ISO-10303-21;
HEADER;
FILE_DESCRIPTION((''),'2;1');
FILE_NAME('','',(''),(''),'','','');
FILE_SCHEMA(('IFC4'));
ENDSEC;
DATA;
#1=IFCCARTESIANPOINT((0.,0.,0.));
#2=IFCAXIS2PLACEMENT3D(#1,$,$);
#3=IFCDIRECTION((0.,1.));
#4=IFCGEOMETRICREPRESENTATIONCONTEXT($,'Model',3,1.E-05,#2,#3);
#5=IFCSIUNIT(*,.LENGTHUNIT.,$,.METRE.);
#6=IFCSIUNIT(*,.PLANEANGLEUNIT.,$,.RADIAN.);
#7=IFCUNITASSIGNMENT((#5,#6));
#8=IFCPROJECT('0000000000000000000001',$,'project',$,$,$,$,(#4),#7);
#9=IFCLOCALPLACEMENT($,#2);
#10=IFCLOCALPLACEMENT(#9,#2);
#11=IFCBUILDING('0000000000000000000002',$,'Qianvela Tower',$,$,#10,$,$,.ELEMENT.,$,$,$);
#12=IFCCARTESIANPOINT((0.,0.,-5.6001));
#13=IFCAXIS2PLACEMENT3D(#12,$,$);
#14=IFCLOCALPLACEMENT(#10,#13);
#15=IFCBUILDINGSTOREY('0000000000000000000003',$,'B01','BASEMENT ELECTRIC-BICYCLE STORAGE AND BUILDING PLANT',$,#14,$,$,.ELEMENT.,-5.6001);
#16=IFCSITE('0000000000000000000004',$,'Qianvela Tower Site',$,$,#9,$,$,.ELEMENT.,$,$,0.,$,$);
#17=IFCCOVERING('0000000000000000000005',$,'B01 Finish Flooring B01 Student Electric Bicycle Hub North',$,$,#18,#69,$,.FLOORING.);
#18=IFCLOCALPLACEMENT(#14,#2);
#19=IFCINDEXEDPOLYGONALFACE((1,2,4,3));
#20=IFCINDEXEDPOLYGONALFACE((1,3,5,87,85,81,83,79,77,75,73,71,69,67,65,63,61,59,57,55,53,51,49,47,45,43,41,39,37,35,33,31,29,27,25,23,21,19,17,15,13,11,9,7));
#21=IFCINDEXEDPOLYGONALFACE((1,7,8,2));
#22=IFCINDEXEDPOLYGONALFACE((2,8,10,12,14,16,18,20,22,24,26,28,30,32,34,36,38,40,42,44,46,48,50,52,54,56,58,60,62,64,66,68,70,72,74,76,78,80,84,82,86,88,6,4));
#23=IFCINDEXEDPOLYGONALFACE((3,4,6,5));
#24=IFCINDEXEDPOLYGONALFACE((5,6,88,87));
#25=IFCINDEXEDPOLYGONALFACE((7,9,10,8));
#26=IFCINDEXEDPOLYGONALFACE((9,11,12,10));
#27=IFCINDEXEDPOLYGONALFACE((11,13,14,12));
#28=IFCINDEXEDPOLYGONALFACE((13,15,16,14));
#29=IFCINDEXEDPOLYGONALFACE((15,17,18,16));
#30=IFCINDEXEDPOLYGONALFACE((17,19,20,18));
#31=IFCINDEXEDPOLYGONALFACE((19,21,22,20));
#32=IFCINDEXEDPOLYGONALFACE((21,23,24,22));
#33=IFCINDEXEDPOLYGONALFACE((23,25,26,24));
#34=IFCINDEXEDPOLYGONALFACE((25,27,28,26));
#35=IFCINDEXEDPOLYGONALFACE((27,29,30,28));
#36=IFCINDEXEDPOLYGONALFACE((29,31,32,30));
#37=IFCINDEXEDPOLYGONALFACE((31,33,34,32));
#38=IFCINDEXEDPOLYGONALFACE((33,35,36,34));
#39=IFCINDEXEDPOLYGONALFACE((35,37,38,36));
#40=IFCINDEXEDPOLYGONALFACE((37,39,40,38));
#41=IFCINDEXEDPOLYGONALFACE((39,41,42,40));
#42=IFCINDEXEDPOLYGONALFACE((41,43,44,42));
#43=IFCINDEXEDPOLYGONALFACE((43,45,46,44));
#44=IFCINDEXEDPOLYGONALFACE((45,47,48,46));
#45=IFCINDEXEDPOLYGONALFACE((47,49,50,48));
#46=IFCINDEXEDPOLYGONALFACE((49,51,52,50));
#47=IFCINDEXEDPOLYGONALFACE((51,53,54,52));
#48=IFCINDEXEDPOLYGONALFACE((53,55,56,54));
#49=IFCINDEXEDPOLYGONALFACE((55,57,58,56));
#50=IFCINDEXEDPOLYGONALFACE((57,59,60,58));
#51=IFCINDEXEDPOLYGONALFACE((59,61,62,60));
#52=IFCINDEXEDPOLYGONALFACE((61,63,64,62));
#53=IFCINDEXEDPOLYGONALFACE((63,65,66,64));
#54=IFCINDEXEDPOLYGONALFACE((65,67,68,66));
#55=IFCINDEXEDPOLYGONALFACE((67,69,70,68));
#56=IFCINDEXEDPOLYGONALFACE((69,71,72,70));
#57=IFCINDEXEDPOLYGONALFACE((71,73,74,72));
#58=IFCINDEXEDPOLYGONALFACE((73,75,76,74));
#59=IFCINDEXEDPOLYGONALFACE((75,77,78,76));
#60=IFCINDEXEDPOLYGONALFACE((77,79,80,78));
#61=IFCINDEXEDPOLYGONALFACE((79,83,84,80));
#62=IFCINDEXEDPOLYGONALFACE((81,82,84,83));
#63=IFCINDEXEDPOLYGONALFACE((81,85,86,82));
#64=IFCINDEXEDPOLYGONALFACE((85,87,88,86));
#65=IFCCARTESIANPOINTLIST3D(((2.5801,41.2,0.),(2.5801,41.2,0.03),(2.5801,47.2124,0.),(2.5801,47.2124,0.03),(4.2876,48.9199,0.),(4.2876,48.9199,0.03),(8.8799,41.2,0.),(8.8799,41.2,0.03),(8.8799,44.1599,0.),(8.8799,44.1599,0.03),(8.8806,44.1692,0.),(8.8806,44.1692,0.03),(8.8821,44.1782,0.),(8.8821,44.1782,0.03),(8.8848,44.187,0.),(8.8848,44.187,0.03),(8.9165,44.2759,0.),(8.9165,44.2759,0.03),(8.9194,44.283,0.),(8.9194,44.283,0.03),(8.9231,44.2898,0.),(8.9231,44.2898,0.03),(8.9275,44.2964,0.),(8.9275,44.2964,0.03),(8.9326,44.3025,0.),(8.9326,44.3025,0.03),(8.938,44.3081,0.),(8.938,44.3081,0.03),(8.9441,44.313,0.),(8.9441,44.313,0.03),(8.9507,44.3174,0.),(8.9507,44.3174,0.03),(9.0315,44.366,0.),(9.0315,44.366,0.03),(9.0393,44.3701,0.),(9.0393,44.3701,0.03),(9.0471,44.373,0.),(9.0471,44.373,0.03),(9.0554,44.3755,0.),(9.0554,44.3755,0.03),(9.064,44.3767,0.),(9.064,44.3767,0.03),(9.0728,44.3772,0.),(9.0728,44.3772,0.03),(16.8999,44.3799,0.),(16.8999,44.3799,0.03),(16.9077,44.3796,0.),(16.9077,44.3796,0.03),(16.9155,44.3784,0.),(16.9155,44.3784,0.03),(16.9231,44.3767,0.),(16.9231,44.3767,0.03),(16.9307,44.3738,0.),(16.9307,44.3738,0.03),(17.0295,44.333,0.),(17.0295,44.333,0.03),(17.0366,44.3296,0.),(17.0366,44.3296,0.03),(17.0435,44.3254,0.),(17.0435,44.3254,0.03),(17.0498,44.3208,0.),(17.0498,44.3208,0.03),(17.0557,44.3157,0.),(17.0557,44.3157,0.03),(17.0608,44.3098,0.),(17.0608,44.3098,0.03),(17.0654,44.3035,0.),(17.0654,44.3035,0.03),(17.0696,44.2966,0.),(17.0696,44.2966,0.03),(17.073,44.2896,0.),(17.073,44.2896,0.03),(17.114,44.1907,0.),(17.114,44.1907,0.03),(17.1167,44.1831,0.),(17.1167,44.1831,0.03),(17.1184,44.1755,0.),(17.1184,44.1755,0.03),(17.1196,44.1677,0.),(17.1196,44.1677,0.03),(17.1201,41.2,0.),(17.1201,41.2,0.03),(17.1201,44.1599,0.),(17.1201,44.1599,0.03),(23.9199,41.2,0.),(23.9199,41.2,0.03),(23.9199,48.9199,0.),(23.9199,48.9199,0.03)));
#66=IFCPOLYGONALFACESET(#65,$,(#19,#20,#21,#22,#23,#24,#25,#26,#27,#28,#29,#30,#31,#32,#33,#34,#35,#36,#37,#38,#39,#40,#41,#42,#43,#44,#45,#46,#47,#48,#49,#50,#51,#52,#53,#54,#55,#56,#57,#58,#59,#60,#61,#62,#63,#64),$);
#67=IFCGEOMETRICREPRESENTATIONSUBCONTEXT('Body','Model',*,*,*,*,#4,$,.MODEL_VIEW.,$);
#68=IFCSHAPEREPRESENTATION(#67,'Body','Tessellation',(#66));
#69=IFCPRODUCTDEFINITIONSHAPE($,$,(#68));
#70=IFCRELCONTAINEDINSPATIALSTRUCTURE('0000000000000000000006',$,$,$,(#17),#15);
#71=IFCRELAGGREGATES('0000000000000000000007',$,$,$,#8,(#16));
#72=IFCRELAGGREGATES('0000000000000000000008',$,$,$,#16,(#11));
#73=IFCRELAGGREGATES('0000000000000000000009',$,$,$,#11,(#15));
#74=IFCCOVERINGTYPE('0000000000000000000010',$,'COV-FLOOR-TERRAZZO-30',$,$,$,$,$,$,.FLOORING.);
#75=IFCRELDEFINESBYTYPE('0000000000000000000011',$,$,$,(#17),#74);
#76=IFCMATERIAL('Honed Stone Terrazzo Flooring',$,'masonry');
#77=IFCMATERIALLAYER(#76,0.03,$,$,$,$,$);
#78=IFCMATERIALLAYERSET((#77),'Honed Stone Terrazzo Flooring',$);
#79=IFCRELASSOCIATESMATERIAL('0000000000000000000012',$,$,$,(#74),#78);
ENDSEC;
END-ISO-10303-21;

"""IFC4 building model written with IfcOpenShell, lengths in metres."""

from ifc_helpers import new_model, si_unit, direction, frame, origin, place, context, subcontext, project, spatial, polyline, outline, extrude, material, layer, layer_set, type_object, element, save


model = new_model("IFC4")

# Units and contexts
model_context = context("Model", 3, precision=1e-05, world=origin(), true_north=direction((0.0, 1.0)))
body_context = subcontext(model_context, "Body", "Model", "MODEL_VIEW")
ifc_project = project(units=[si_unit("LENGTHUNIT", "METRE"), si_unit("PLANEANGLEUNIT", "RADIAN")], contexts=[model_context])

# Site, building, storey
site_placement = place(None, origin())
site = spatial("IfcSite", under=ifc_project, at=site_placement, Name="Qianvela Tower Site", CompositionType="ELEMENT", RefElevation=0.0)
building_placement = place(site_placement, origin())
building = spatial("IfcBuilding", under=site, at=building_placement, Name="Qianvela Tower", CompositionType="ELEMENT")
storey_placement = place(building_placement, frame((0.0, 0.0, -5.6001)))
storey = spatial("IfcBuildingStorey", under=building, at=storey_placement, Name="B01", Description="BASEMENT ELECTRIC-BICYCLE STORAGE AND BUILDING PLANT", CompositionType="ELEMENT", Elevation=-5.6001)

# Covering
ifc_material_1 = material(Name="Honed Stone Terrazzo Flooring", Category="masonry")
ifc_layer_1 = layer(ifc_material_1, 0.03)
ifc_layer_set_1 = layer_set([ifc_layer_1], Name="Honed Stone Terrazzo Flooring")
covering_type_1 = type_object("IfcCoveringType", Name="COV-FLOOR-TERRAZZO-30", PredefinedType="FLOORING", material=ifc_layer_set_1)
covering_1_placement = place(storey_placement, origin())
element("IfcCovering", 1, at=covering_1_placement, inside=storey, type_object=covering_type_1, Name="B01 Finish Flooring B01 Student Electric Bicycle Hub North", PredefinedType="FLOORING", context=body_context, shape_type="SweptSolid", body=[
    extrude(outline(polyline([(17.1201, 41.2), (17.1201, 44.1599), (17.1196, 44.1677), (17.1184, 44.1755), (17.1167, 44.1831), (17.114, 44.1907), (17.073, 44.2896), (17.0696, 44.2966), (17.0654, 44.3035), (17.0608, 44.3098), (17.0557, 44.3157), (17.0498, 44.3208), (17.0435, 44.3254), (17.0366, 44.3296), (17.0295, 44.333), (16.9307, 44.3738), (16.9231, 44.3767), (16.9155, 44.3784), (16.9077, 44.3796), (16.8999, 44.3799), (9.0728, 44.3772), (9.064, 44.3767), (9.0554, 44.3755), (9.0471, 44.373), (9.0393, 44.3701), (9.0315, 44.366), (8.9507, 44.3174), (8.9441, 44.313), (8.938, 44.3081), (8.9326, 44.3025), (8.9275, 44.2964), (8.9231, 44.2898), (8.9194, 44.283), (8.9165, 44.2759), (8.8848, 44.187), (8.8821, 44.1782), (8.8806, 44.1692), (8.8799, 44.1599), (8.8799, 41.2), (2.5801, 41.2), (2.5801, 47.2124), (4.2876, 48.9199), (23.9199, 48.9199), (23.9199, 41.2), (17.1201, 41.2)])), origin(), (0.0, 0.0, 1.0), 0.03),
])

save(model, "model.ifc")
